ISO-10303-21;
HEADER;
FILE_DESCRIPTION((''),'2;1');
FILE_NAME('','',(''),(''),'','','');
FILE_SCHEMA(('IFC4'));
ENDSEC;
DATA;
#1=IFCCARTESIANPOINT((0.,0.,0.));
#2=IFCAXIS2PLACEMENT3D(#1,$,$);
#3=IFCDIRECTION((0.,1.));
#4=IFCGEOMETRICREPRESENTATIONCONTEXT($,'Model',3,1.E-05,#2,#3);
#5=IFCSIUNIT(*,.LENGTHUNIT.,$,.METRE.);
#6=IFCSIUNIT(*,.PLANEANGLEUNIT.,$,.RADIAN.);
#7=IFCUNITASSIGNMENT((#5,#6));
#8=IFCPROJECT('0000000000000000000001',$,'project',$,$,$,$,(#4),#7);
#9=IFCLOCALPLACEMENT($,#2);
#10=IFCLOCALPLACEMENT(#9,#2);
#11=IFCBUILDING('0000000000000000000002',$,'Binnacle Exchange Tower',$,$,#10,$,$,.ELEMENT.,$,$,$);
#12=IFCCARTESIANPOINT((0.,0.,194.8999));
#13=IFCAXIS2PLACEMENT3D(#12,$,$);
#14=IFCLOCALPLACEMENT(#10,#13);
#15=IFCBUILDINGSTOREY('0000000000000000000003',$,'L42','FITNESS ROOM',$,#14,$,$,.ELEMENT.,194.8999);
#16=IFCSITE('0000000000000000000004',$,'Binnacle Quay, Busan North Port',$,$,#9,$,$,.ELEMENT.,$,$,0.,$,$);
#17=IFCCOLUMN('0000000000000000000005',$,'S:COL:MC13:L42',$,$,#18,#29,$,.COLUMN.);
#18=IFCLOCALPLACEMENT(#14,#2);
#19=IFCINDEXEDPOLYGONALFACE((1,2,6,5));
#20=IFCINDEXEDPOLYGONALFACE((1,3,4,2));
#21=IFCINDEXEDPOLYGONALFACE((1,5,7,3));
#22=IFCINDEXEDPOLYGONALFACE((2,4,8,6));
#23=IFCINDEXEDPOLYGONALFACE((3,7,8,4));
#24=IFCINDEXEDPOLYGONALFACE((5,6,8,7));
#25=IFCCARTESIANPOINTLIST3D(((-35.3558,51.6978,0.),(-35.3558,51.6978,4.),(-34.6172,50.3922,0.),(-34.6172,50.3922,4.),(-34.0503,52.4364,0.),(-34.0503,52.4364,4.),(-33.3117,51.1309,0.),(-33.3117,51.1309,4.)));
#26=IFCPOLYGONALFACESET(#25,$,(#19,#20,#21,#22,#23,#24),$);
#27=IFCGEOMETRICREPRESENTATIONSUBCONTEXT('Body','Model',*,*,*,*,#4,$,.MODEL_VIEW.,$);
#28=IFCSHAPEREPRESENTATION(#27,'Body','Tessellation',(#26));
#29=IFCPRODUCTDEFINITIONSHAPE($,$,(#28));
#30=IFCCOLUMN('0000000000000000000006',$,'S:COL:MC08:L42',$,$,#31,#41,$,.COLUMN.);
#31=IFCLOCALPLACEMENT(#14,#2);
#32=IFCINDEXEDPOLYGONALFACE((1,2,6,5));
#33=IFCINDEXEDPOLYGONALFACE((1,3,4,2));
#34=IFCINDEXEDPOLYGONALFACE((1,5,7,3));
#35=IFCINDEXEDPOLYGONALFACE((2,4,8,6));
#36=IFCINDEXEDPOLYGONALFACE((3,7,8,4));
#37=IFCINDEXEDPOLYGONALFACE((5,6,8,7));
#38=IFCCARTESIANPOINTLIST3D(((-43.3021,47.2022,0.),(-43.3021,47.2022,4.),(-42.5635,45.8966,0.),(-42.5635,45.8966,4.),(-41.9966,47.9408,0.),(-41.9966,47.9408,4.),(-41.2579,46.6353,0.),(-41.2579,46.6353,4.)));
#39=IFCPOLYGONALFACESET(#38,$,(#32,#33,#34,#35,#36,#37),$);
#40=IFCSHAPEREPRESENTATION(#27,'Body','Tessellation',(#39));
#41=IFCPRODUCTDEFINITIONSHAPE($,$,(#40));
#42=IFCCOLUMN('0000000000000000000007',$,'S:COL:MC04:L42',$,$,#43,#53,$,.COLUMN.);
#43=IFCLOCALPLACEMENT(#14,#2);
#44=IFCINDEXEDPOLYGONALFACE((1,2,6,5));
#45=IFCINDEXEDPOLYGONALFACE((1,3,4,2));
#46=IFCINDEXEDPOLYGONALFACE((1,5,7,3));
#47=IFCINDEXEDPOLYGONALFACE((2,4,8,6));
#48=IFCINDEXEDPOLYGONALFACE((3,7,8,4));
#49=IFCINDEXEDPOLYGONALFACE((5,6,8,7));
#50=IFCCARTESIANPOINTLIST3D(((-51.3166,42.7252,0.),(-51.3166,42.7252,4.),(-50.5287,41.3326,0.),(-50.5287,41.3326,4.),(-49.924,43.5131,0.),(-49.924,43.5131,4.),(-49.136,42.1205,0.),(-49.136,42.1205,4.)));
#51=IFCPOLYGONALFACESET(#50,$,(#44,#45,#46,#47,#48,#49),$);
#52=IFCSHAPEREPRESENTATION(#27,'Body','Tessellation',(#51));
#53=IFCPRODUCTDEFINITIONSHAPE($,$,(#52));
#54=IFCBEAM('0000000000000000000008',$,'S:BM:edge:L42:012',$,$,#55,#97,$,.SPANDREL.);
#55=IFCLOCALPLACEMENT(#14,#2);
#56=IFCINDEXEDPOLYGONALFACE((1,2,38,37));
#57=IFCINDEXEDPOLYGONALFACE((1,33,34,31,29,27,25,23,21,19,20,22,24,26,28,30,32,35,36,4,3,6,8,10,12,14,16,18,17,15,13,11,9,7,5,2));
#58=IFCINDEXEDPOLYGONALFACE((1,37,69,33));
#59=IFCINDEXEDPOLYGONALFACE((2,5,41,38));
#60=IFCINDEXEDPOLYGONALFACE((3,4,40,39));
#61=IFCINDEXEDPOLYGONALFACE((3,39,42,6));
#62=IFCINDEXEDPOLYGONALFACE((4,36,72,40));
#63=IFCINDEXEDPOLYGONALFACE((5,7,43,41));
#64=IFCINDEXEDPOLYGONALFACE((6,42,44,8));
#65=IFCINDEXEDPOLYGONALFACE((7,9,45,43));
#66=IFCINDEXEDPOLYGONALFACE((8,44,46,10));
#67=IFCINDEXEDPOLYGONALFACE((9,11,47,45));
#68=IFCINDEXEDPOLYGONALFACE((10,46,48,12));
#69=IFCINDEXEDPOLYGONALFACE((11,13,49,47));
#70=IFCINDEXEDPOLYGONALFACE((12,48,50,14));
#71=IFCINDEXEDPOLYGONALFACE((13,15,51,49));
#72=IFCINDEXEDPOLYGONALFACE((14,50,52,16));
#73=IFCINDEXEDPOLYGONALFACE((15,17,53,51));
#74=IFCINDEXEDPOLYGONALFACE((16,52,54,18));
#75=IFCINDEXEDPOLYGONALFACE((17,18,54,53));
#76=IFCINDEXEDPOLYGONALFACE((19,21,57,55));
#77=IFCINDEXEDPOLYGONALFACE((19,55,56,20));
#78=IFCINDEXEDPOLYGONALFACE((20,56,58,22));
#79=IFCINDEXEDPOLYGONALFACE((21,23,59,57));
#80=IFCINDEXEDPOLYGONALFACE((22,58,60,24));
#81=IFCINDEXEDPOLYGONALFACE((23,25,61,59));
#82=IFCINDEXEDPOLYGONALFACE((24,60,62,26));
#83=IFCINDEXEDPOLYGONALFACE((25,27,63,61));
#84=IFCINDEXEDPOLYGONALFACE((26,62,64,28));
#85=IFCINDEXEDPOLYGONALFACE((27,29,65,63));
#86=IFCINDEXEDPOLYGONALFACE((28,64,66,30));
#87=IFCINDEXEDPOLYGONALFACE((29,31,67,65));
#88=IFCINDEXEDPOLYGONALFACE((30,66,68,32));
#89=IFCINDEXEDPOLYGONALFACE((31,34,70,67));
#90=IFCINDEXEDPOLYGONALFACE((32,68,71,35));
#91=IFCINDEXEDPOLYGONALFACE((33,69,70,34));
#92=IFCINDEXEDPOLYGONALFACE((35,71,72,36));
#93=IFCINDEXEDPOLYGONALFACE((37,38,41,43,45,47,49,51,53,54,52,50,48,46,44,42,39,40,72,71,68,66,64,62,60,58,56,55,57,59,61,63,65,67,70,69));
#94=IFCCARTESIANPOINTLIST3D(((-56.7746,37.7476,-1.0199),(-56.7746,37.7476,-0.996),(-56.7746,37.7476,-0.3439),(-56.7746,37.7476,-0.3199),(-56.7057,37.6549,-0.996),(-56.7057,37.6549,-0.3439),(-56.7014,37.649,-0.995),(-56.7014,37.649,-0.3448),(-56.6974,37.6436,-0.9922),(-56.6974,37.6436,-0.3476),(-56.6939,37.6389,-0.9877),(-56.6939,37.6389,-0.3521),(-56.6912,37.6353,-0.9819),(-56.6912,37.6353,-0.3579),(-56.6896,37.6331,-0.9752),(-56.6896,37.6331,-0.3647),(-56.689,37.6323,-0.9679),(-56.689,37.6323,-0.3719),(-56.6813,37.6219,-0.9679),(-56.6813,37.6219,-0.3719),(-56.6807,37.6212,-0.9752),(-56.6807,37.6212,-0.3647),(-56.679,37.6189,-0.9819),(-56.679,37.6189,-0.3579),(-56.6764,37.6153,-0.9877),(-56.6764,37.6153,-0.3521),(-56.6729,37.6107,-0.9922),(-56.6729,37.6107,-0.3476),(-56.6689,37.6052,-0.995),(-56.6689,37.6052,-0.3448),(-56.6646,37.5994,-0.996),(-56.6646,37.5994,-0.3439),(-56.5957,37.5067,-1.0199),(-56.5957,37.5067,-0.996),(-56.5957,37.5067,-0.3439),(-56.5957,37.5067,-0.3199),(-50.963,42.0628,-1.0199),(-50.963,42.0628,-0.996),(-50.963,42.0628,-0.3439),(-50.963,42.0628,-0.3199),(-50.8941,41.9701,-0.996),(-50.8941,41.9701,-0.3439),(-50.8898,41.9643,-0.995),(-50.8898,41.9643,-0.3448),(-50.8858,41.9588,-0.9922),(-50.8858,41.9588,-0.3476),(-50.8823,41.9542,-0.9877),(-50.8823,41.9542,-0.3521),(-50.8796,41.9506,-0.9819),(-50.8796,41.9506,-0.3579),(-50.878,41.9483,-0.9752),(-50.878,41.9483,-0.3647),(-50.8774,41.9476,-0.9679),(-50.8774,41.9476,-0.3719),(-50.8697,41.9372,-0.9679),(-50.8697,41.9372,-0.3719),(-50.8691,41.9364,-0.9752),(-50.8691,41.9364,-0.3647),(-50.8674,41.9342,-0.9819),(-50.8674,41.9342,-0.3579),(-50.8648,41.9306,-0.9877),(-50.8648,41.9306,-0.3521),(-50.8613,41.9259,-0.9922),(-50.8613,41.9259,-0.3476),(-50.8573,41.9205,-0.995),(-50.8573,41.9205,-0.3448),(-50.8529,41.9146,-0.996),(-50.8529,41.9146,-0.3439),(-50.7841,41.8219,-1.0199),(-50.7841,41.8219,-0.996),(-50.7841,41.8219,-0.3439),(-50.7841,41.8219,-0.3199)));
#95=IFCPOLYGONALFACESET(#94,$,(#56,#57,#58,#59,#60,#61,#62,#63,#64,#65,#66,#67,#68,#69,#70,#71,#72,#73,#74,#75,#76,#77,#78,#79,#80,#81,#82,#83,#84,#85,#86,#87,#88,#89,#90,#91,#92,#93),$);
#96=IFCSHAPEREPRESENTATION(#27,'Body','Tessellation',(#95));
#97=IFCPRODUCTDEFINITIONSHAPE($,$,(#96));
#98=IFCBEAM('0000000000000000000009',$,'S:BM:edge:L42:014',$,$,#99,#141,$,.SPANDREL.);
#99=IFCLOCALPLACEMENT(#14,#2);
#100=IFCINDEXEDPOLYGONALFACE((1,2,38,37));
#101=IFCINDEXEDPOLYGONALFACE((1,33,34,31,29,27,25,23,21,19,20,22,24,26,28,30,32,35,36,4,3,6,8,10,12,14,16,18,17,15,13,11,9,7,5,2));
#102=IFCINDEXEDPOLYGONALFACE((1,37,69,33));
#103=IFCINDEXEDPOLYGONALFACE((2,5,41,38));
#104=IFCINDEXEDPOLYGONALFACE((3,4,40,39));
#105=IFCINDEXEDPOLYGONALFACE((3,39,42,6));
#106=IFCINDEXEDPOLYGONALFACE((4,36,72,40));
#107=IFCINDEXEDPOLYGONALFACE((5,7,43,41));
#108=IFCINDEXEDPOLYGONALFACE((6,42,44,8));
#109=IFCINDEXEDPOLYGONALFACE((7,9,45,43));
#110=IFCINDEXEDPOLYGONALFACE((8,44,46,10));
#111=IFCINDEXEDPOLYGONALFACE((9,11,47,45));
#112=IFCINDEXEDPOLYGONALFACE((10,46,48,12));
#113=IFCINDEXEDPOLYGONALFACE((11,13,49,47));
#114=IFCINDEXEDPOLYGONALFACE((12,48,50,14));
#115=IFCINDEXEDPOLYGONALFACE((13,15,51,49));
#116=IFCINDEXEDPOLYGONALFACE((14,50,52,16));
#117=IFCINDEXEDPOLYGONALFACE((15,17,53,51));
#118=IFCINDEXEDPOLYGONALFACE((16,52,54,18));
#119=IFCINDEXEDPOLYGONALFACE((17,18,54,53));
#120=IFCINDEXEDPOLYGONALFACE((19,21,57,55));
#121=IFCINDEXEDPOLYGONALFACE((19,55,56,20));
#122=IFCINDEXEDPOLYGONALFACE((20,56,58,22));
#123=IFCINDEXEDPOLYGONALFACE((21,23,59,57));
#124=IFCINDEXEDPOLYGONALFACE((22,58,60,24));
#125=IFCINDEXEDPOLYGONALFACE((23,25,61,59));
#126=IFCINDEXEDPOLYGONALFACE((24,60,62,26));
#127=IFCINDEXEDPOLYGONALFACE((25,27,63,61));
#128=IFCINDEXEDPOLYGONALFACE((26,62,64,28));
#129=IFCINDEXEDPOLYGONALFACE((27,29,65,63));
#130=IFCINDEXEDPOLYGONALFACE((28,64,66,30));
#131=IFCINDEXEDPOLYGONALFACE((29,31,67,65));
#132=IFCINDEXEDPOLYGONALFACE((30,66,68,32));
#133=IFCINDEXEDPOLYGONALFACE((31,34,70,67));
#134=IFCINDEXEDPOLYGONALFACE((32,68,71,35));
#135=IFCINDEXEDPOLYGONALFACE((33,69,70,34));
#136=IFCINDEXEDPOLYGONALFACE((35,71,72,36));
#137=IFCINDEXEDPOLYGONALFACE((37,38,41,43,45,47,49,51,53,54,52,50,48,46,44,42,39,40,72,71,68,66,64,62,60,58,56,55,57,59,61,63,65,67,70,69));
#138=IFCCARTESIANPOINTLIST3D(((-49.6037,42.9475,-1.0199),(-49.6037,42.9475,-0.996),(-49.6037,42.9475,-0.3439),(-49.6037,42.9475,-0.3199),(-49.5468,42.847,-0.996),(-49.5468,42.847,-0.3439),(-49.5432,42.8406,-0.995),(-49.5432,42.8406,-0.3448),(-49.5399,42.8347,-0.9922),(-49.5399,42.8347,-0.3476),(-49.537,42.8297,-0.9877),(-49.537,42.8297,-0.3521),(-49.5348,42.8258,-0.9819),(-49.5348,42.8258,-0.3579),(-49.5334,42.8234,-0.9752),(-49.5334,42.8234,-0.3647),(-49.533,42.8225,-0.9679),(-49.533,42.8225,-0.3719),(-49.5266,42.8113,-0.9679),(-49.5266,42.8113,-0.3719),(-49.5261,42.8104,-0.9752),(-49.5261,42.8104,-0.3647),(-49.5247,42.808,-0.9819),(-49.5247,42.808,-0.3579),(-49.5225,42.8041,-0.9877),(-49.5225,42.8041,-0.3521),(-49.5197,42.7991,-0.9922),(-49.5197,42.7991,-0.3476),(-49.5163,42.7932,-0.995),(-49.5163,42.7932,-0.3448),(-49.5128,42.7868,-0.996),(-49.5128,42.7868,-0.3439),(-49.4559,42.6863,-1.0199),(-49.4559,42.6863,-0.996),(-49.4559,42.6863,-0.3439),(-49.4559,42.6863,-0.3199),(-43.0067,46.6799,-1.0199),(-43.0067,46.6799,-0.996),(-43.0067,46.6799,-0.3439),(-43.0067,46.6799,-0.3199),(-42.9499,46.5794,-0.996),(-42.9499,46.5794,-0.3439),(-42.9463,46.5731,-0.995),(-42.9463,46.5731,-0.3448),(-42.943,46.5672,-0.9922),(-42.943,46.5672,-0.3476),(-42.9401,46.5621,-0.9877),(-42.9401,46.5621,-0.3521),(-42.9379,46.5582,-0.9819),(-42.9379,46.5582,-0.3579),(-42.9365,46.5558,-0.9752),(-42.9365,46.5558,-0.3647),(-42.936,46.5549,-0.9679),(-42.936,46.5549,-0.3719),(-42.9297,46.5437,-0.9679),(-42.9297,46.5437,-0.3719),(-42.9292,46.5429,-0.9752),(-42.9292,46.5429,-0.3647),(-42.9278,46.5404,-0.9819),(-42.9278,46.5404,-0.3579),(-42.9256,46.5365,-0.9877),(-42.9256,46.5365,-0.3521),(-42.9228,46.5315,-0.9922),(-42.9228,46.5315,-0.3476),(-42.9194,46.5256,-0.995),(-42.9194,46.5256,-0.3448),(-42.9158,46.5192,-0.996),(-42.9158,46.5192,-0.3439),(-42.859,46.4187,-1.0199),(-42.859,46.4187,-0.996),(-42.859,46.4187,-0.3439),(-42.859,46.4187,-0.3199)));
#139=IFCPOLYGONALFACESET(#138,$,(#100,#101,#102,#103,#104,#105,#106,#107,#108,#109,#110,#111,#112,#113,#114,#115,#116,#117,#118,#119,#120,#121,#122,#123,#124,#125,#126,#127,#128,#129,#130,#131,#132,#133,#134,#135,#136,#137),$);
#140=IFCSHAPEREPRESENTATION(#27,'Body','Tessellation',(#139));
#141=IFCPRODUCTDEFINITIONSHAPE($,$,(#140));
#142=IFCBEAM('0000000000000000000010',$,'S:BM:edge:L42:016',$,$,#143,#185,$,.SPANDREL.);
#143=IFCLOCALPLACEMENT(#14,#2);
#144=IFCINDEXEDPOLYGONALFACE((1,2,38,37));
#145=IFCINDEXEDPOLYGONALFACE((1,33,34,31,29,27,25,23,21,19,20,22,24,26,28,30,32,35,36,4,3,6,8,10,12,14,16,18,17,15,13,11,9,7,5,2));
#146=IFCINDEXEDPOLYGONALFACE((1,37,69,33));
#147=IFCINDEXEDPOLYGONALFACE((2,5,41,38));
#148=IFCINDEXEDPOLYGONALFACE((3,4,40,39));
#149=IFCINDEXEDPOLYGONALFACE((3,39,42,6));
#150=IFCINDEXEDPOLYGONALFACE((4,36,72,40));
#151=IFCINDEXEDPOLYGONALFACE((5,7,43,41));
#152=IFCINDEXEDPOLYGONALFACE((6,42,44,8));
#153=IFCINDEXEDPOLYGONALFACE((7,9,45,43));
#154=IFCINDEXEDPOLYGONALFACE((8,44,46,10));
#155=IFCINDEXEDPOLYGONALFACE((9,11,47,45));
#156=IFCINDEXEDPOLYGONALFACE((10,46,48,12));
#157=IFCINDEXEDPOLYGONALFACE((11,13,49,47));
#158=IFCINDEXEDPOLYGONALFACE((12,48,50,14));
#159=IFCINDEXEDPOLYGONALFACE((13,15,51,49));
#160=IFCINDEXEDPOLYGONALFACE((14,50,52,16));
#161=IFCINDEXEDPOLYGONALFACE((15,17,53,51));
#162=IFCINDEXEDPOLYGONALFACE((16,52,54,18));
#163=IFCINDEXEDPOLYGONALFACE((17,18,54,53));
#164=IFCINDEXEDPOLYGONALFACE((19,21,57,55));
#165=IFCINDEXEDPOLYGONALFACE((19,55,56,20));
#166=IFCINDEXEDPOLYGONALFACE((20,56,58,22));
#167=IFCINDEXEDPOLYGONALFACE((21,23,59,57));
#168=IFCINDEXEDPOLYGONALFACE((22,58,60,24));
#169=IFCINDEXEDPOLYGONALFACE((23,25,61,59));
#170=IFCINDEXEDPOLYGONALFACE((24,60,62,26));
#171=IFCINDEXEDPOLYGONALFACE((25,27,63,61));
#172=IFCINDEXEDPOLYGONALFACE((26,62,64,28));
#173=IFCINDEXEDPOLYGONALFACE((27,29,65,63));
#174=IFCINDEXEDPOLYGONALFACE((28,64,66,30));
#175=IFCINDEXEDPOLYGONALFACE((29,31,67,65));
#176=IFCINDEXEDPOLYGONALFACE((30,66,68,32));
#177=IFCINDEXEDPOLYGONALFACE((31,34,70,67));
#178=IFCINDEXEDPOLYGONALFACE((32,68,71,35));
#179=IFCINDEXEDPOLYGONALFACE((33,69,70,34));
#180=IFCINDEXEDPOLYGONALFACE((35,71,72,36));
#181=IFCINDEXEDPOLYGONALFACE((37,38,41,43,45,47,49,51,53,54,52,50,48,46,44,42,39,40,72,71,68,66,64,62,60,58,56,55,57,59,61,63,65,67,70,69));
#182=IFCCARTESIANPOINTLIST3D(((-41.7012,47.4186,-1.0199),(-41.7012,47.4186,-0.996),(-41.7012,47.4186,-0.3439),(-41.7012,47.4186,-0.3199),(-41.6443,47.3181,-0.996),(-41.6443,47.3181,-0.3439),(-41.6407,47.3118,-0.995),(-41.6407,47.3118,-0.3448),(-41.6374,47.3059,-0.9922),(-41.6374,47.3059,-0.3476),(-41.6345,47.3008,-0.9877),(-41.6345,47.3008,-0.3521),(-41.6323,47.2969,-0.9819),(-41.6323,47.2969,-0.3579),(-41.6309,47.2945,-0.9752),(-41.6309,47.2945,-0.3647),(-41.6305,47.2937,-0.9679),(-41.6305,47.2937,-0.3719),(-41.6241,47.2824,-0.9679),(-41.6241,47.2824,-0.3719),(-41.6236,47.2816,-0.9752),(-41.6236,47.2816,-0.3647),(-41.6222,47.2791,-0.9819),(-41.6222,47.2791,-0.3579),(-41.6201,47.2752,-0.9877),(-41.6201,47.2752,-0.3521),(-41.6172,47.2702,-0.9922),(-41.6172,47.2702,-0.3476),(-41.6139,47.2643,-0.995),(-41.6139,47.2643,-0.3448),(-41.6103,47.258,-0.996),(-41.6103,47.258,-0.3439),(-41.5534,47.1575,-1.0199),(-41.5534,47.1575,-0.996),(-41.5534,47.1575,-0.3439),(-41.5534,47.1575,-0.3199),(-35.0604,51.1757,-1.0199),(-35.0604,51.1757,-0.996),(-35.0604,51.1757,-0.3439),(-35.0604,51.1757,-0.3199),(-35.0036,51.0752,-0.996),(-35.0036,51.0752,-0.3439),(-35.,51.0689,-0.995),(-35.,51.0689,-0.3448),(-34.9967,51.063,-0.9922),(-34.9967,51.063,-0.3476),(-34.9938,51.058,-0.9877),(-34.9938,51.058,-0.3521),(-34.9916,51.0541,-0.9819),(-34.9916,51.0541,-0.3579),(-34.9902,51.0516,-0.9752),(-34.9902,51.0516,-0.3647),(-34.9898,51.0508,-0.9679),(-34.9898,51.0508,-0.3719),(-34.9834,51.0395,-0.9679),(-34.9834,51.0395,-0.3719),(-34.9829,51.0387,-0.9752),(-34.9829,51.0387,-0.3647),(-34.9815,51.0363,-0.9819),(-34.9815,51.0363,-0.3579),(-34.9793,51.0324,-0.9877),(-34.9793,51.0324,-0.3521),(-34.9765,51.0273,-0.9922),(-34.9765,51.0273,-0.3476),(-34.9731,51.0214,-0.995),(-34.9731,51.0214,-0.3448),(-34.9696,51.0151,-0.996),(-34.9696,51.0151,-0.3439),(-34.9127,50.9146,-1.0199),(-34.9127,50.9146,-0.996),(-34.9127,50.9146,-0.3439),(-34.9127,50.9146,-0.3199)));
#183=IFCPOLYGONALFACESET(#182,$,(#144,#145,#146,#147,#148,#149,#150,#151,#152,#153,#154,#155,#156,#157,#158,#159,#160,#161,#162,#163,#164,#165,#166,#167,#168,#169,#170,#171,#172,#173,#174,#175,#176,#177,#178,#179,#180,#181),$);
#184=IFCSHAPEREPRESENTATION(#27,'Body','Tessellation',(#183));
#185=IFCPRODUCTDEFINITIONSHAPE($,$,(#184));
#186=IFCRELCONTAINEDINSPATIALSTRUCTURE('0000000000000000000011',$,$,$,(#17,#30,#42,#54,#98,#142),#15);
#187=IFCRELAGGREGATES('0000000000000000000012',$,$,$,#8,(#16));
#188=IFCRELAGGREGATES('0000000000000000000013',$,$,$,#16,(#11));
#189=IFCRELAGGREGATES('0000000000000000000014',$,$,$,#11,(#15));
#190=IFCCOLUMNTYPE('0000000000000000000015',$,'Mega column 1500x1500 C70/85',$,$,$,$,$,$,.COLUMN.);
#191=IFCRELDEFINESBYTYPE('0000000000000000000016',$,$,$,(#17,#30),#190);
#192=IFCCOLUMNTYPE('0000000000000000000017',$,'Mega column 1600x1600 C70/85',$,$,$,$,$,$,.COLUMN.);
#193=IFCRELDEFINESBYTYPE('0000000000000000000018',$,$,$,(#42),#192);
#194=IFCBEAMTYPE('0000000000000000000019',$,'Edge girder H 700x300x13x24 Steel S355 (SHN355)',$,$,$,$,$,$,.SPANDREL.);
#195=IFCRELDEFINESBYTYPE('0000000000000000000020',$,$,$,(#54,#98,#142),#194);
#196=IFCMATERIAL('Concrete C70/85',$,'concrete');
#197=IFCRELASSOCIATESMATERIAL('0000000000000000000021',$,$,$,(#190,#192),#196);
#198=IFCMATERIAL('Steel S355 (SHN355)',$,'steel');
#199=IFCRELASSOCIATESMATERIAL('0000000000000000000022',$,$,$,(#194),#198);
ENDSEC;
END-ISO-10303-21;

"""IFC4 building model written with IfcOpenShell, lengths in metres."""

from ifc_helpers import new_model, si_unit, direction, frame, origin, origin_2d, place, context, subcontext, project, spatial, rectangle, i_section, extrude, material, material_profile, profile_set, type_object, element, save


model = new_model("IFC4")

# Units and contexts
model_context = context("Model", 3, precision=1e-05, world=origin(), true_north=direction((0.0, 1.0)))
body_context = subcontext(model_context, "Body", "Model", "MODEL_VIEW")
ifc_project = project(units=[si_unit("LENGTHUNIT", "METRE"), si_unit("PLANEANGLEUNIT", "RADIAN")], contexts=[model_context])

# Site, building, storey
site_placement = place(None, origin())
site = spatial("IfcSite", under=ifc_project, at=site_placement, Name="Binnacle Quay, Busan North Port", CompositionType="ELEMENT", RefElevation=0.0)
building_placement = place(site_placement, origin())
building = spatial("IfcBuilding", under=site, at=building_placement, Name="Binnacle Exchange Tower", CompositionType="ELEMENT")
storey_placement = place(building_placement, frame((0.0, 0.0, 194.8999)))
storey = spatial("IfcBuildingStorey", under=building, at=storey_placement, Name="L42", Description="FITNESS ROOM", CompositionType="ELEMENT", Elevation=194.8999)

# Columns
ifc_material_1 = material(Name="Concrete C70/85", Category="concrete")
ifc_material_profile_1 = material_profile(ifc_material_1, rectangle(XDim=1.5, YDim=1.5, at=origin_2d()), Name="Mega column 1500x1500 C70/85")
ifc_profile_set_1 = profile_set([ifc_material_profile_1], Name="Concrete C70/85")
column_type_1 = type_object("IfcColumnType", Name="Mega column 1500x1500 C70/85", PredefinedType="COLUMN", material=ifc_profile_set_1)
for number, where, z_axis, x_axis, name in (
    (1, (-34.3337, 51.4143, 0.0), (0.0, 0.0, 1.0), (-0.870356, -0.492424, 0.0), "S:COL:MC13:L42"),
    (2, (-42.28, 46.9187, 0.0), (0.0, 0.0, 1.0), (-0.870356, -0.492424, 0.0), "S:COL:MC08:L42"),
):
    element("IfcColumn", number, at=place(storey_placement, frame(where, z_axis=z_axis, x_axis=x_axis)), inside=storey, type_object=column_type_1, Name=name, PredefinedType="COLUMN", context=body_context, shape_type="SweptSolid", body=[
        extrude(rectangle(XDim=1.5, YDim=1.5, at=origin_2d()), origin(), (0.0, 0.0, 1.0), 4.0),
    ])
ifc_material_profile_2 = material_profile(ifc_material_1, rectangle(XDim=1.6001, YDim=1.6001, at=origin_2d()), Name="Mega column 1600x1600 C70/85")
ifc_profile_set_2 = profile_set([ifc_material_profile_2], Name="Concrete C70/85")
column_type_2 = type_object("IfcColumnType", Name="Mega column 1600x1600 C70/85", PredefinedType="COLUMN", material=ifc_profile_set_2)
column_placement = place(storey_placement, frame((-50.2263, 42.4229, 0.0), z_axis=(0.0, 0.0, 1.0), x_axis=(-0.870356, -0.492424, 0.0)))
element("IfcColumn", 3, at=column_placement, inside=storey, type_object=column_type_2, Name="S:COL:MC04:L42", PredefinedType="COLUMN", context=body_context, shape_type="SweptSolid", body=[
    extrude(rectangle(XDim=1.6001, YDim=1.6001, at=origin_2d()), origin(), (0.0, 0.0, 1.0), 4.0),
])

# Beams
ifc_material_2 = material(Name="Steel S355 (SHN355)", Category="steel")
ifc_material_profile_3 = material_profile(ifc_material_2, i_section(OverallWidth=0.3, OverallDepth=0.7, WebThickness=0.0129, FlangeThickness=0.0239, FilletRadius=0.0281, at=origin_2d()), Name="H 700x300x13x24")
ifc_profile_set_3 = profile_set([ifc_material_profile_3], Name="Steel S355 (SHN355)")
beam_type_1 = type_object("IfcBeamType", Name="Edge girder H 700x300x13x24 Steel S355 (SHN355)", PredefinedType="SPANDREL", material=ifc_profile_set_3)
beam_1_placement = place(storey_placement, frame((-50.8735, 41.9424, -0.6699), z_axis=(-0.802873, -0.596151, 0.0), x_axis=(0.596151, -0.802873, 0.0)))
element("IfcBeam", 4, at=beam_1_placement, inside=storey, type_object=beam_type_1, Name="S:BM:edge:L42:012", PredefinedType="SPANDREL", context=body_context, shape_type="SweptSolid", body=[
    extrude(i_section(OverallWidth=0.3, OverallDepth=0.7, WebThickness=0.0129, FlangeThickness=0.0239, FilletRadius=0.0281, at=origin_2d()), origin(), (0.0, 0.0, 1.0), 7.2385),
])
beam_2_placement = place(storey_placement, frame((-42.9329, 46.5493, -0.6699), z_axis=(-0.870352, -0.49243, 0.0), x_axis=(0.49243, -0.870352, 0.0)))
element("IfcBeam", 5, at=beam_2_placement, inside=storey, type_object=beam_type_1, Name="S:BM:edge:L42:014", PredefinedType="SPANDREL", context=body_context, shape_type="SweptSolid", body=[
    extrude(i_section(OverallWidth=0.3, OverallDepth=0.7, WebThickness=0.0129, FlangeThickness=0.0239, FilletRadius=0.0281, at=origin_2d()), origin(), (0.0, 0.0, 1.0), 7.5796),
])
beam_3_placement = place(storey_placement, frame((-34.9866, 51.0452, -0.6699), z_axis=(-0.870356, -0.492423, 0.0), x_axis=(0.492423, -0.870356, 0.0)))
element("IfcBeam", 6, at=beam_3_placement, inside=storey, type_object=beam_type_1, Name="S:BM:edge:L42:016", PredefinedType="SPANDREL", context=body_context, shape_type="SweptSolid", body=[
    extrude(i_section(OverallWidth=0.3, OverallDepth=0.7, WebThickness=0.0129, FlangeThickness=0.0239, FilletRadius=0.0281, at=origin_2d()), origin(), (0.0, 0.0, 1.0), 7.6299),
])

save(model, "model.ifc")
